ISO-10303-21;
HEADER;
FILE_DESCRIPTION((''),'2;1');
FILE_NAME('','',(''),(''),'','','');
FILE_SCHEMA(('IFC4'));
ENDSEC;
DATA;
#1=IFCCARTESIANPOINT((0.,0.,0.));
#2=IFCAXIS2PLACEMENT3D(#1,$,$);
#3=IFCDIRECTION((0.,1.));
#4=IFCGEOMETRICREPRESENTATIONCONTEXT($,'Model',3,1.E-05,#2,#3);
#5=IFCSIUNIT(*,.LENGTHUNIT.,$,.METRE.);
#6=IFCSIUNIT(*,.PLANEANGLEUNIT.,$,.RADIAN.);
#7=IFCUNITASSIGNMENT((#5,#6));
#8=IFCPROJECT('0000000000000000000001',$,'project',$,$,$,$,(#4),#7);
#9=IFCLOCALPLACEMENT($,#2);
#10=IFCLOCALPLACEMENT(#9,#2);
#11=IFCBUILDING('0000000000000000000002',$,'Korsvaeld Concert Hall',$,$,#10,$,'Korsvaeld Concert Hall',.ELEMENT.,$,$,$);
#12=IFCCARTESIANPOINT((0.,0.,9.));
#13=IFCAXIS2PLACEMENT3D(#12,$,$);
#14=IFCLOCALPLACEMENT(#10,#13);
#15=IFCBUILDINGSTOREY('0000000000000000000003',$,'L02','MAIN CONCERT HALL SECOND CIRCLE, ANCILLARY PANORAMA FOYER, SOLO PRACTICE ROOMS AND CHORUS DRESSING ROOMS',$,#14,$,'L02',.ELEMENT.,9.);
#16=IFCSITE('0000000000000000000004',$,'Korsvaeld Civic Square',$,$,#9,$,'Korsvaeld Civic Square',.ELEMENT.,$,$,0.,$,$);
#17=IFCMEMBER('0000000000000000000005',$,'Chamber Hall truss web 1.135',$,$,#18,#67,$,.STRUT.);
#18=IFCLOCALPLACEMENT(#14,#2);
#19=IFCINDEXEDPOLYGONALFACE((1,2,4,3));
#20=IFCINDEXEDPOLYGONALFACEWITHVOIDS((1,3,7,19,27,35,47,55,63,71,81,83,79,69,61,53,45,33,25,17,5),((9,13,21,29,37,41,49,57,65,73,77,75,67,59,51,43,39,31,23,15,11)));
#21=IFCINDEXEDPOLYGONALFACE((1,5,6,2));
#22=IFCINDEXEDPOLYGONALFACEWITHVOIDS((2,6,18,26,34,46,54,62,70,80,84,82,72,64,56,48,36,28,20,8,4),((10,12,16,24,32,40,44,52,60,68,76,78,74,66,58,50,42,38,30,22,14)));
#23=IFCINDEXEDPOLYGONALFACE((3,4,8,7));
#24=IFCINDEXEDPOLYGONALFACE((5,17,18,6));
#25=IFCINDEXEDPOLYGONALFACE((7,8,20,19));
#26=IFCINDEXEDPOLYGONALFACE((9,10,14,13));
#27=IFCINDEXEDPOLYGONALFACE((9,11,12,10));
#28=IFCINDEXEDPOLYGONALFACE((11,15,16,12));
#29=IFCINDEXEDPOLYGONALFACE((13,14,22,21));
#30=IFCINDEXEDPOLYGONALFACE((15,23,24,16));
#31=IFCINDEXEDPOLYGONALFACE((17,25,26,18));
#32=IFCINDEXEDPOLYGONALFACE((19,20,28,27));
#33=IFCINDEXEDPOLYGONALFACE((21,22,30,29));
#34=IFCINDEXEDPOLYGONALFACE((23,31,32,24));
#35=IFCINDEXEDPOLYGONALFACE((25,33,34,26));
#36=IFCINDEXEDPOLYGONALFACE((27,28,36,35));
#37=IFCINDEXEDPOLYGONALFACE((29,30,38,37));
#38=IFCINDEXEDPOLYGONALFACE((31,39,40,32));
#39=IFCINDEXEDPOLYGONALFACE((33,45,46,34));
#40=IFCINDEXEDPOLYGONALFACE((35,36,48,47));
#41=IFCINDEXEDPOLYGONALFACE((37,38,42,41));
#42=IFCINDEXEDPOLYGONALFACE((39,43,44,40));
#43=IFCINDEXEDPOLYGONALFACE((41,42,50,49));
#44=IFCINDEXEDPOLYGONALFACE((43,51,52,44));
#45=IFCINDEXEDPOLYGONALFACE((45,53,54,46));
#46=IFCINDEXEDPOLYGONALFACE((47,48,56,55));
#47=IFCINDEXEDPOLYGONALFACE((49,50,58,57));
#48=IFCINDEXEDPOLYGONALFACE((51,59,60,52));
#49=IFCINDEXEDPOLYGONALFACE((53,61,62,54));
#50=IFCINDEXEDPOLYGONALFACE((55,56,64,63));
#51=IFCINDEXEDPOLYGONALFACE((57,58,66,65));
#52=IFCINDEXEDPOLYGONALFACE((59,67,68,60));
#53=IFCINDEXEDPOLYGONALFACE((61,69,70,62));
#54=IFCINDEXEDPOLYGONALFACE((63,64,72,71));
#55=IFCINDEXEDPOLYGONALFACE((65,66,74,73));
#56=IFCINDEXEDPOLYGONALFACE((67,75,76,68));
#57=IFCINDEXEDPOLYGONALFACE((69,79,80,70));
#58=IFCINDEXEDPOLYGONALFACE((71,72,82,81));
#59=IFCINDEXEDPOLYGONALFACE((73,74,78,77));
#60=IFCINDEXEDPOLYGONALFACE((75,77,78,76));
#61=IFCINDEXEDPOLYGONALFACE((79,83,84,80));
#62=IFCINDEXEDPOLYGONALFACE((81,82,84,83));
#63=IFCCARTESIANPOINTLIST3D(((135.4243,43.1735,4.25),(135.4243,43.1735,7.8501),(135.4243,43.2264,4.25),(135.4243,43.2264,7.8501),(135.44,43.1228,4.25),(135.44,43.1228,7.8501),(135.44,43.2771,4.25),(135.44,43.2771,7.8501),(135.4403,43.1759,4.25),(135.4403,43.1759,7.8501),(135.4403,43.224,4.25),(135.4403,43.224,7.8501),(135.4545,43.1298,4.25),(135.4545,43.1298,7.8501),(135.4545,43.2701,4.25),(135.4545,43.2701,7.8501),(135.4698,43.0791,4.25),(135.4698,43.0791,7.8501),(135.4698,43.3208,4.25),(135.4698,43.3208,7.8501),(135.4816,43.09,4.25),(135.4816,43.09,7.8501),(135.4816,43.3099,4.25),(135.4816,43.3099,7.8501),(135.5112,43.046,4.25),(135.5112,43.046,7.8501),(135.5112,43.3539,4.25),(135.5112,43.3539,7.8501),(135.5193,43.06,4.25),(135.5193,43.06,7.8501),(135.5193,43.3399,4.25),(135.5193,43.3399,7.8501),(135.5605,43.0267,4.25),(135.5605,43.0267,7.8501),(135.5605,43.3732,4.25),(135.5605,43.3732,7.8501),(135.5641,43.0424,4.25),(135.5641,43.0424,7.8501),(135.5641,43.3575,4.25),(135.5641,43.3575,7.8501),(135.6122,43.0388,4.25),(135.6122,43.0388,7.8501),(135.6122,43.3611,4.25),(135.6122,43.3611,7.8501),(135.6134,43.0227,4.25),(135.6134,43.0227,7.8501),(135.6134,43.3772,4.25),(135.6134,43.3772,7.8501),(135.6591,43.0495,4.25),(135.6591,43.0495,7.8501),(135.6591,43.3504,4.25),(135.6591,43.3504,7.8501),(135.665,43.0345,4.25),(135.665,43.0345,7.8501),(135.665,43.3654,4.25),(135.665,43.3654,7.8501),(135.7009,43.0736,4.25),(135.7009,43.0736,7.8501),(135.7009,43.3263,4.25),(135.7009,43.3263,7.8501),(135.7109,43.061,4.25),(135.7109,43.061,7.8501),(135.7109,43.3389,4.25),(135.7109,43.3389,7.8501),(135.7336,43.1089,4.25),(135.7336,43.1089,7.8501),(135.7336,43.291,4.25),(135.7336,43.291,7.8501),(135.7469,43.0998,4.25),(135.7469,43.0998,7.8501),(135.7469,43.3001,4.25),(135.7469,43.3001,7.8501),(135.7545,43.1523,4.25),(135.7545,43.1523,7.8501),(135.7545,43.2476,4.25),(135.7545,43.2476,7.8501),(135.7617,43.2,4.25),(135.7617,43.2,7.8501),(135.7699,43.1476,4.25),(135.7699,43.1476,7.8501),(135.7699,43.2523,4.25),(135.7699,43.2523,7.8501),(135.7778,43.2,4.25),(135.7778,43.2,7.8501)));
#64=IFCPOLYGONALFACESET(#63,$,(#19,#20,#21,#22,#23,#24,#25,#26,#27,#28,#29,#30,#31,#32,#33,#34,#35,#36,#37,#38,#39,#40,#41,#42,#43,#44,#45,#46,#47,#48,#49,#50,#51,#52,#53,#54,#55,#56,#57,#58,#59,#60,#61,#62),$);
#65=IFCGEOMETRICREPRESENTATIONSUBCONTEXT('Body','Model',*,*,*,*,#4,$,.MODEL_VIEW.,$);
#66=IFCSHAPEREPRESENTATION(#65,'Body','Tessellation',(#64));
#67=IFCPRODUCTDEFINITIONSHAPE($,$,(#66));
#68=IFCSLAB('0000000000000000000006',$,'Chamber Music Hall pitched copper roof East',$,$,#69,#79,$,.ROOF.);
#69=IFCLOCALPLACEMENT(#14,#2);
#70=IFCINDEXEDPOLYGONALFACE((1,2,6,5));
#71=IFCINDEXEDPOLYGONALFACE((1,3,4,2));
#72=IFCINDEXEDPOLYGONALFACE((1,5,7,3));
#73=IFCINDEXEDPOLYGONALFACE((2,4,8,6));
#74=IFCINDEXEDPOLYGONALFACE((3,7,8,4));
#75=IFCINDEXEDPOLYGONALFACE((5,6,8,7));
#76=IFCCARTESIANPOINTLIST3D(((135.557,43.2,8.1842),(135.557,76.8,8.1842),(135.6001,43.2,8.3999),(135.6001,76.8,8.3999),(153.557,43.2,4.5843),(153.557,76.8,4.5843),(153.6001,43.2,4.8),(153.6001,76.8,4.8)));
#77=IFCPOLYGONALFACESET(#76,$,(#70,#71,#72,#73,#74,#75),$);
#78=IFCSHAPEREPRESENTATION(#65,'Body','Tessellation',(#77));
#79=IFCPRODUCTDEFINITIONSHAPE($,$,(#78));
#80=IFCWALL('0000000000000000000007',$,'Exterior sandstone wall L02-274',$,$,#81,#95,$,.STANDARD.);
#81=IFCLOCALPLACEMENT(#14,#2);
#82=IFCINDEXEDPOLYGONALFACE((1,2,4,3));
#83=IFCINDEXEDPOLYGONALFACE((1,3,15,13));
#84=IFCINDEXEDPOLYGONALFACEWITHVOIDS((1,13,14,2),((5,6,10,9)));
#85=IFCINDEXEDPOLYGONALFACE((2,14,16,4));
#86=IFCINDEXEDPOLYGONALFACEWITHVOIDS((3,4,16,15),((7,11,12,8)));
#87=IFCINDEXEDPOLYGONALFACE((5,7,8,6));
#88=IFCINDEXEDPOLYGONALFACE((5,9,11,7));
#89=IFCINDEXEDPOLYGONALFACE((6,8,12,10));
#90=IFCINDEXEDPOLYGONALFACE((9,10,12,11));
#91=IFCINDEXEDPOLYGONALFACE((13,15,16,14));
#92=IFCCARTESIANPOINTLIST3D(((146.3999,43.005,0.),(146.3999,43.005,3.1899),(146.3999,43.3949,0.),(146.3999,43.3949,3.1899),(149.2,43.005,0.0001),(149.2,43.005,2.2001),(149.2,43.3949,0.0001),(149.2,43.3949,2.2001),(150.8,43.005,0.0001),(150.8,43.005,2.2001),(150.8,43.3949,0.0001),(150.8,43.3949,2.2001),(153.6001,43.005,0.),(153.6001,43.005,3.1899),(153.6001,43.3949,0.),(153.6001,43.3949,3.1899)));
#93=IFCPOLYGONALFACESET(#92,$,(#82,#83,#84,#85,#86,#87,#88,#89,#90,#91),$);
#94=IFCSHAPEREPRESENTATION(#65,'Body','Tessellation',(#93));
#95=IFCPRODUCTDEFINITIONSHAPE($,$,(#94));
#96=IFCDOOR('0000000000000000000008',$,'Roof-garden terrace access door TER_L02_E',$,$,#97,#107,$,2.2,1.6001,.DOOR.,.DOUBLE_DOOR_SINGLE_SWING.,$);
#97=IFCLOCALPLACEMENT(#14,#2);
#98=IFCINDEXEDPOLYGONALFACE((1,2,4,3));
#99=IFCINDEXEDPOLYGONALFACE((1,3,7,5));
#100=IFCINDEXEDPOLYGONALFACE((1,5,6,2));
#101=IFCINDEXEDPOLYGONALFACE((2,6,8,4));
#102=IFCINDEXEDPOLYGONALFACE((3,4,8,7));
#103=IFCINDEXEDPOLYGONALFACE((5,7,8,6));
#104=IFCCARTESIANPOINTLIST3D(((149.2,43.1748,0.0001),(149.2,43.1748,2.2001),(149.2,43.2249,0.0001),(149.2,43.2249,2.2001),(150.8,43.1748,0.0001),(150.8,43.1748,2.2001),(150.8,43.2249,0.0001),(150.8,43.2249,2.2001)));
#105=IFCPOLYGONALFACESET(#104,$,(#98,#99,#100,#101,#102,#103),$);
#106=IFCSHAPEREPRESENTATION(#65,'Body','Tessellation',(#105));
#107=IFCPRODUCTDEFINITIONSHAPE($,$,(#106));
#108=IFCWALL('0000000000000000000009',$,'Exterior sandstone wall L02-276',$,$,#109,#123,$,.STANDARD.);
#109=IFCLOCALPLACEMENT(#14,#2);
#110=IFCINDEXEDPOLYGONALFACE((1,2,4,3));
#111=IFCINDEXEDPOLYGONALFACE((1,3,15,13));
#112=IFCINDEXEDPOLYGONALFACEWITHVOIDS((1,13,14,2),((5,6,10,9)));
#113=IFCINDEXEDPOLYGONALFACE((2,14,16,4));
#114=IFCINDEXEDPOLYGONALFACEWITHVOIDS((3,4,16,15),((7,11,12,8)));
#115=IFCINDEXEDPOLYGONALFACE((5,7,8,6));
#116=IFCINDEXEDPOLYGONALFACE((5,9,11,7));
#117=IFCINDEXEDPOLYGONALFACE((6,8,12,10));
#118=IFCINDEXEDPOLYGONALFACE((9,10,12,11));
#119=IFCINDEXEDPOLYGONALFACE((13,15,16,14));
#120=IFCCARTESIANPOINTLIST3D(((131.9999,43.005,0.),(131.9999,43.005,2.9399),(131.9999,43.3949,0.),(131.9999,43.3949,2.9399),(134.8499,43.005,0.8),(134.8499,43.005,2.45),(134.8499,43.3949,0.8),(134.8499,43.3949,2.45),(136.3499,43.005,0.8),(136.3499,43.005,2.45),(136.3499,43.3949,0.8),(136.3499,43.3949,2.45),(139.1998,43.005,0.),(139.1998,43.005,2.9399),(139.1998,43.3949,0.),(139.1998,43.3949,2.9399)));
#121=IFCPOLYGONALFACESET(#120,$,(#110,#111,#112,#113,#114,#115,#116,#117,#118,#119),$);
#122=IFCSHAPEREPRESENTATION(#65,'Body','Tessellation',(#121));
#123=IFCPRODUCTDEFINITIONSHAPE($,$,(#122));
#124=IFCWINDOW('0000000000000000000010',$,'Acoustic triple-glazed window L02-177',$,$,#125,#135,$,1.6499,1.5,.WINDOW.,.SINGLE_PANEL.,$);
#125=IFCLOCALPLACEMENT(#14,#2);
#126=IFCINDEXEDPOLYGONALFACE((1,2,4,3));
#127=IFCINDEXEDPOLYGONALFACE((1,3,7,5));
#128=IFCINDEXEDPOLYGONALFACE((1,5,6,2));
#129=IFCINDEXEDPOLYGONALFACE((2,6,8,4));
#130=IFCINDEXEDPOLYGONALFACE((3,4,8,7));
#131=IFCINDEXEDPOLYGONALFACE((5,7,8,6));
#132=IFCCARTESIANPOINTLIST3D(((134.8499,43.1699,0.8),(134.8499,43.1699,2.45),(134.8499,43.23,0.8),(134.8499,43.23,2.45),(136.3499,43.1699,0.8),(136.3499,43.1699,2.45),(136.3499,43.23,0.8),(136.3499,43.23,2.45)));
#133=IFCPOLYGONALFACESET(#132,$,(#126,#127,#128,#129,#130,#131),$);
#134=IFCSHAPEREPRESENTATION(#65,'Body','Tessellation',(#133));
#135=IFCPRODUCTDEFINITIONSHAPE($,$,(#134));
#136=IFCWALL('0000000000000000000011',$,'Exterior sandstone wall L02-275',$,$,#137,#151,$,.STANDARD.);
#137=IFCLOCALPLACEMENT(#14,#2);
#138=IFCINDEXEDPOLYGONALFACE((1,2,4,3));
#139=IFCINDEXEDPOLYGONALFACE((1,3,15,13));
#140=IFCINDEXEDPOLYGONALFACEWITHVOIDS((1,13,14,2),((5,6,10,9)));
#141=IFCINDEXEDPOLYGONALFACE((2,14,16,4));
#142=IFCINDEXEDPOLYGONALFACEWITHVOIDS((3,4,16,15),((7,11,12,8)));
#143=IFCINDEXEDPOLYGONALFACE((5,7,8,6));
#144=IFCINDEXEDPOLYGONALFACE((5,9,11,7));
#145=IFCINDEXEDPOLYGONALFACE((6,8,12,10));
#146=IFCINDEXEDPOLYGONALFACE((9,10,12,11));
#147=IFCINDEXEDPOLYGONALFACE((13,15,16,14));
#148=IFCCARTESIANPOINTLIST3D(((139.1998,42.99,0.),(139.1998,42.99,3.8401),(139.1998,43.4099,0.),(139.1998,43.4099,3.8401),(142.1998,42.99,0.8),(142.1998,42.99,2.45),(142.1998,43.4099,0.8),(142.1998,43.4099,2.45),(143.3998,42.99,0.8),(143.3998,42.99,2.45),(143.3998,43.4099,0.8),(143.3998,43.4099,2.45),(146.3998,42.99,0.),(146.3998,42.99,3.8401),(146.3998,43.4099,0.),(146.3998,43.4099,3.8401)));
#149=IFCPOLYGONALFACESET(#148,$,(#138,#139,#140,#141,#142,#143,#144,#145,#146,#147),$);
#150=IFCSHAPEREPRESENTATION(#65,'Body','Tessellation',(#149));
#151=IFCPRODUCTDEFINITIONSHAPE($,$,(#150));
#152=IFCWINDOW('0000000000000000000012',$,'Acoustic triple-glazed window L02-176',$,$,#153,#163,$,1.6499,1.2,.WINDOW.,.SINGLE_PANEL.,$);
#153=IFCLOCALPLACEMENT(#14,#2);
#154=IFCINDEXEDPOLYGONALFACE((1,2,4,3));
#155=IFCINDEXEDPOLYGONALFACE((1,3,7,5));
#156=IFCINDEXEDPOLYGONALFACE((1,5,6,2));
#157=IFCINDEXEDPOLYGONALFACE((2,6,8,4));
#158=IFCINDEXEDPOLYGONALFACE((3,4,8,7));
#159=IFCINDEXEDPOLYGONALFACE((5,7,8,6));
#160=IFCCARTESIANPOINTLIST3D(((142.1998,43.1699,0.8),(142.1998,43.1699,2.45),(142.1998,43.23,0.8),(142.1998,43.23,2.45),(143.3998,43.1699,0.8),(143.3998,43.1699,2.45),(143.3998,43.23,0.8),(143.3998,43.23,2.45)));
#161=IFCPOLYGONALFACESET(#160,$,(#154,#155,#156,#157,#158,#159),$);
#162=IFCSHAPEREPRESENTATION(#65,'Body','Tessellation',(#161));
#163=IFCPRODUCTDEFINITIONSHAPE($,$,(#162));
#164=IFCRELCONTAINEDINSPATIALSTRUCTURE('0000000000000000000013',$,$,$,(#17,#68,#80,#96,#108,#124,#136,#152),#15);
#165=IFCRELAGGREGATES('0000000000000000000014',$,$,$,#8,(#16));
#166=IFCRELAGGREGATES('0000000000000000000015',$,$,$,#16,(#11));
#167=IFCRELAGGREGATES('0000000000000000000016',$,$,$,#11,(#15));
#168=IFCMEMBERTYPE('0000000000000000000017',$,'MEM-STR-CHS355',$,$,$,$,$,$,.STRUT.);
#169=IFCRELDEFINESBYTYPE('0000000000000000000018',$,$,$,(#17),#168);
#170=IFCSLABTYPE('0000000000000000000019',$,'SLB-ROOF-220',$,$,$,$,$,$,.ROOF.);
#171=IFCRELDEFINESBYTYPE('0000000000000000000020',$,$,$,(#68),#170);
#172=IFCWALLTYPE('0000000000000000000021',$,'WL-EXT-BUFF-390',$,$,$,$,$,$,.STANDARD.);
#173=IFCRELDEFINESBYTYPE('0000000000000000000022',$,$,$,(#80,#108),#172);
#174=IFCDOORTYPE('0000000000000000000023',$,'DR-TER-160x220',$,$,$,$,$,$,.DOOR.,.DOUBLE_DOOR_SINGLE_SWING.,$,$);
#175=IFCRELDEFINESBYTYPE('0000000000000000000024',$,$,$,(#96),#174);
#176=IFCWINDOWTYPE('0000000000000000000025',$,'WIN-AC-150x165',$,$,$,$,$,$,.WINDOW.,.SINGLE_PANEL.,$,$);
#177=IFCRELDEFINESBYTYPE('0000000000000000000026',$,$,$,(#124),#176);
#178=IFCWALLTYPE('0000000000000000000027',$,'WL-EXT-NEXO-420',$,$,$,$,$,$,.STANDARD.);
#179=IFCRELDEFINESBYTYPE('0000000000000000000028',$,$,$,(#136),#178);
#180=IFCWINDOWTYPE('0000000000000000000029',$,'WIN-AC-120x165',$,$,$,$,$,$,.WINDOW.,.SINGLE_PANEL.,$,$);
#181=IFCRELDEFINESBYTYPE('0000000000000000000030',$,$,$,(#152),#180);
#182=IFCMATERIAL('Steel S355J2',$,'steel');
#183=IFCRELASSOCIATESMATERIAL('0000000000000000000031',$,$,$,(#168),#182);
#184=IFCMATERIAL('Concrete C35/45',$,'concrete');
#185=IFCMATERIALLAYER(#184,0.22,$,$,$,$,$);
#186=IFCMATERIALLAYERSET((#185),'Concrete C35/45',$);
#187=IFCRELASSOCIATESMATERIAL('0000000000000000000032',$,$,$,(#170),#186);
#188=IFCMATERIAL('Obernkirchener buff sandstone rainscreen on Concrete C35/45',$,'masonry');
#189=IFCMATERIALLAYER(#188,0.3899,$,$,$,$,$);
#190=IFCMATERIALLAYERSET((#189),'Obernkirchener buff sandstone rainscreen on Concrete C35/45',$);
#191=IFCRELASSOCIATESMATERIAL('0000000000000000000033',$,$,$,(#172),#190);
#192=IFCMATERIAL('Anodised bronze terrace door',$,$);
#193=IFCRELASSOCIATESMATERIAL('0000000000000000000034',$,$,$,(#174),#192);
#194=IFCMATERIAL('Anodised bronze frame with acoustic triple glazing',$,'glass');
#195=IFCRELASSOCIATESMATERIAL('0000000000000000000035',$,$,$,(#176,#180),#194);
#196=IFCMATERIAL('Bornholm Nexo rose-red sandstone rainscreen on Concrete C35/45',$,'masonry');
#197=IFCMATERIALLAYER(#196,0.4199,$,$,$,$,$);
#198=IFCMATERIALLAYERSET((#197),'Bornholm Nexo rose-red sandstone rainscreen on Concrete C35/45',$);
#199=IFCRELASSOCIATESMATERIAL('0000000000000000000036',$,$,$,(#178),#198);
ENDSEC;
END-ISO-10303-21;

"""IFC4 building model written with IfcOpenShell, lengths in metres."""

from ifc_helpers import new_model, si_unit, direction, frame, frame_2d, origin, origin_2d, place, context, subcontext, project, spatial, polyline, rectangle, hollow_circle, outline, extrude, material, layer, layer_set, material_profile, profile_set, type_object, element, fill, save


model = new_model("IFC4")

# Units and contexts
model_context = context("Model", 3, precision=1e-05, world=origin(), true_north=direction((0.0, 1.0)))
body_context = subcontext(model_context, "Body", "Model", "MODEL_VIEW")
ifc_project = project(units=[si_unit("LENGTHUNIT", "METRE"), si_unit("PLANEANGLEUNIT", "RADIAN")], contexts=[model_context])

# Site, building, storey
site_placement = place(None, origin())
site = spatial("IfcSite", under=ifc_project, at=site_placement, Name="Korsvaeld Civic Square", LongName="Korsvaeld Civic Square", CompositionType="ELEMENT", RefElevation=0.0)
building_placement = place(site_placement, origin())
building = spatial("IfcBuilding", under=site, at=building_placement, Name="Korsvaeld Concert Hall", LongName="Korsvaeld Concert Hall", CompositionType="ELEMENT")
storey_placement = place(building_placement, frame((0.0, 0.0, 9.0)))
storey = spatial("IfcBuildingStorey", under=building, at=storey_placement, Name="L02", Description="MAIN CONCERT HALL SECOND CIRCLE, ANCILLARY PANORAMA FOYER, SOLO PRACTICE ROOMS AND CHORUS DRESSING ROOMS", LongName="L02", CompositionType="ELEMENT", Elevation=9.0)

# Shared definitions
ifc_material_1 = material(Name="Concrete C35/45", Category="concrete")

# Member
ifc_material_2 = material(Name="Steel S355J2", Category="steel")
ifc_material_profile_1 = material_profile(ifc_material_2, hollow_circle(Radius=0.1777, WallThickness=0.0161, at=origin_2d()), Name="CHS 355.6x16")
ifc_profile_set_1 = profile_set([ifc_material_profile_1], Name="Steel S355J2")
member_type_1 = type_object("IfcMemberType", Name="MEM-STR-CHS355", PredefinedType="STRUT", material=ifc_profile_set_1)
member_1_placement = place(storey_placement, frame((135.6001, 43.2, 4.25), z_axis=(0.0, 0.0, 1.0), x_axis=(1.0, 0.0, 0.0)))
element("IfcMember", 1, at=member_1_placement, inside=storey, type_object=member_type_1, Name="Chamber Hall truss web 1.135", PredefinedType="STRUT", context=body_context, shape_type="SweptSolid", body=[
    extrude(hollow_circle(Radius=0.1777, WallThickness=0.0161, at=origin_2d()), origin(), (0.0, 0.0, 1.0), 3.6001),
])

# Slab
ifc_layer_1 = layer(ifc_material_1, 0.22)
ifc_layer_set_1 = layer_set([ifc_layer_1], Name="Concrete C35/45")
slab_type = type_object("IfcSlabType", Name="SLB-ROOF-220", PredefinedType="ROOF", material=ifc_layer_set_1)
slab_placement = place(storey_placement, frame((135.6001, 43.2, 8.3999), z_axis=(0.196108, 0.0, 0.980582), x_axis=(0.980582, 0.0, -0.196108)))
element("IfcSlab", 2, at=slab_placement, inside=storey, type_object=slab_type, Name="Chamber Music Hall pitched copper roof East", PredefinedType="ROOF", context=body_context, shape_type="SweptSolid", body=[
    extrude(outline(polyline([(0.0, 0.0), (18.3564, 0.0), (18.3564, 33.6001), (0.0, 33.6001), (0.0, 0.0)])), origin(), (0.0, 0.0, -1.0), 0.22),
])

# Wall, opening, door
ifc_material_3 = material(Name="Obernkirchener buff sandstone rainscreen on Concrete C35/45", Category="masonry")
ifc_layer_2 = layer(ifc_material_3, 0.3899)
ifc_layer_set_2 = layer_set([ifc_layer_2], Name="Obernkirchener buff sandstone rainscreen on Concrete C35/45")
wall_type_1 = type_object("IfcWallType", Name="WL-EXT-BUFF-390", PredefinedType="STANDARD", material=ifc_layer_set_2)
wall_1_placement = place(storey_placement, frame((153.6001, 43.2, 0.0), z_axis=(0.0, 0.0, 1.0), x_axis=(-1.0, 0.0, 0.0)))
wall_1 = element("IfcWall", 3, at=wall_1_placement, inside=storey, type_object=wall_type_1, Name="Exterior sandstone wall L02-274", PredefinedType="STANDARD", context=body_context, shape_type="SweptSolid", body=[
    extrude(rectangle(XDim=7.2002, YDim=0.3899, at=frame_2d((3.6001, 0.0))), origin(), (0.0, 0.0, 1.0), 3.1899),
])
opening_1_placement = place(wall_1_placement, frame((2.8, 0.0, 0.0)))
opening_1 = element("IfcOpeningElement", 4, at=opening_1_placement, cuts=wall_1, PredefinedType="OPENING", context=body_context, shape_type="SweptSolid", body=[
    extrude(rectangle(XDim=1.6001, YDim=2.2, at=frame_2d((0.8, 1.1001))), frame((0.0, 0.2051, 0.0), z_axis=(0.0, -1.0, 0.0), x_axis=(1.0, 0.0, 0.0)), (0.0, 0.0, 1.0), 0.4099),
])
ifc_material_4 = material(Name="Anodised bronze terrace door")
door_type = type_object("IfcDoorType", Name="DR-TER-160x220", OperationType="DOUBLE_DOOR_SINGLE_SWING", PredefinedType="DOOR", material=ifc_material_4)
door_placement = place(opening_1_placement, frame((1.6001, 0.0, 0.0), z_axis=(0.0, 0.0, 1.0), x_axis=(-1.0, 0.0, 0.0)))
door = element("IfcDoor", 5, at=door_placement, inside=storey, type_object=door_type, Name="Roof-garden terrace access door TER_L02_E", OperationType="DOUBLE_DOOR_SINGLE_SWING", OverallHeight=2.2, OverallWidth=1.6001, PredefinedType="DOOR", context=body_context, shape_type="SweptSolid", body=[
    extrude(rectangle(XDim=1.6001, YDim=2.2, at=frame_2d((0.8, 1.1001))), frame((0.0, 0.0249, 0.0), z_axis=(0.0, -1.0, 0.0), x_axis=(1.0, 0.0, 0.0)), (0.0, 0.0, 1.0), 0.05),
])
fill(opening_1, door)

# Walls, openings, windows
wall_2_placement = place(storey_placement, frame((139.2, 43.2, 0.0), z_axis=(0.0, 0.0, 1.0), x_axis=(-1.0, 0.0, 0.0)))
wall_2 = element("IfcWall", 6, at=wall_2_placement, inside=storey, type_object=wall_type_1, Name="Exterior sandstone wall L02-276", PredefinedType="STANDARD", context=body_context, shape_type="SweptSolid", body=[
    extrude(rectangle(XDim=7.2, YDim=0.3899, at=frame_2d((3.6001, 0.0))), origin(), (0.0, 0.0, 1.0), 2.9399),
])
opening_2_placement = place(wall_2_placement, frame((2.8501, 0.0, 0.8)))
opening_2 = element("IfcOpeningElement", 7, at=opening_2_placement, cuts=wall_2, PredefinedType="OPENING", context=body_context, shape_type="SweptSolid", body=[
    extrude(rectangle(XDim=1.5, YDim=1.6499, at=frame_2d((0.75, 0.825))), frame((0.0, 0.2051, 0.0), z_axis=(0.0, -1.0, 0.0), x_axis=(1.0, 0.0, 0.0)), (0.0, 0.0, 1.0), 0.4099),
])
ifc_material_5 = material(Name="Anodised bronze frame with acoustic triple glazing", Category="glass")
window_type_1 = type_object("IfcWindowType", Name="WIN-AC-150x165", PartitioningType="SINGLE_PANEL", PredefinedType="WINDOW", material=ifc_material_5)
window_1_placement = place(opening_2_placement, origin())
window_1 = element("IfcWindow", 8, at=window_1_placement, inside=storey, type_object=window_type_1, Name="Acoustic triple-glazed window L02-177", OverallHeight=1.6499, OverallWidth=1.5, PartitioningType="SINGLE_PANEL", PredefinedType="WINDOW", context=body_context, shape_type="SweptSolid", body=[
    extrude(rectangle(XDim=1.5, YDim=1.6499, at=frame_2d((0.75, 0.825))), frame((0.0, 0.03, 0.0), z_axis=(0.0, -1.0, 0.0), x_axis=(1.0, 0.0, 0.0)), (0.0, 0.0, 1.0), 0.0601),
])
fill(opening_2, window_1)
ifc_material_6 = material(Name="Bornholm Nexo rose-red sandstone rainscreen on Concrete C35/45", Category="masonry")
ifc_layer_3 = layer(ifc_material_6, 0.4199)
ifc_layer_set_3 = layer_set([ifc_layer_3], Name="Bornholm Nexo rose-red sandstone rainscreen on Concrete C35/45")
wall_type_2 = type_object("IfcWallType", Name="WL-EXT-NEXO-420", PredefinedType="STANDARD", material=ifc_layer_set_3)
wall_3_placement = place(storey_placement, frame((146.3999, 43.2, 0.0), z_axis=(0.0, 0.0, 1.0), x_axis=(-1.0, 0.0, 0.0)))
wall_3 = element("IfcWall", 9, at=wall_3_placement, inside=storey, type_object=wall_type_2, Name="Exterior sandstone wall L02-275", PredefinedType="STANDARD", context=body_context, shape_type="SweptSolid", body=[
    extrude(rectangle(XDim=7.2, YDim=0.4199, at=frame_2d((3.6001, 0.0))), origin(), (0.0, 0.0, 1.0), 3.8401),
])
opening_3_placement = place(wall_3_placement, frame((3.0, 0.0, 0.8)))
opening_3 = element("IfcOpeningElement", 10, at=opening_3_placement, cuts=wall_3, PredefinedType="OPENING", context=body_context, shape_type="SweptSolid", body=[
    extrude(rectangle(XDim=1.2, YDim=1.6499, at=frame_2d((0.6001, 0.825))), frame((0.0, 0.22, 0.0), z_axis=(0.0, -1.0, 0.0), x_axis=(1.0, 0.0, 0.0)), (0.0, 0.0, 1.0), 0.4399),
])
window_type_2 = type_object("IfcWindowType", Name="WIN-AC-120x165", PartitioningType="SINGLE_PANEL", PredefinedType="WINDOW", material=ifc_material_5)
window_2_placement = place(opening_3_placement, origin())
window_2 = element("IfcWindow", 11, at=window_2_placement, inside=storey, type_object=window_type_2, Name="Acoustic triple-glazed window L02-176", OverallHeight=1.6499, OverallWidth=1.2, PartitioningType="SINGLE_PANEL", PredefinedType="WINDOW", context=body_context, shape_type="SweptSolid", body=[
    extrude(rectangle(XDim=1.2, YDim=1.6499, at=frame_2d((0.6001, 0.825))), frame((0.0, 0.03, 0.0), z_axis=(0.0, -1.0, 0.0), x_axis=(1.0, 0.0, 0.0)), (0.0, 0.0, 1.0), 0.0601),
])
fill(opening_3, window_2)

save(model, "model.ifc")
